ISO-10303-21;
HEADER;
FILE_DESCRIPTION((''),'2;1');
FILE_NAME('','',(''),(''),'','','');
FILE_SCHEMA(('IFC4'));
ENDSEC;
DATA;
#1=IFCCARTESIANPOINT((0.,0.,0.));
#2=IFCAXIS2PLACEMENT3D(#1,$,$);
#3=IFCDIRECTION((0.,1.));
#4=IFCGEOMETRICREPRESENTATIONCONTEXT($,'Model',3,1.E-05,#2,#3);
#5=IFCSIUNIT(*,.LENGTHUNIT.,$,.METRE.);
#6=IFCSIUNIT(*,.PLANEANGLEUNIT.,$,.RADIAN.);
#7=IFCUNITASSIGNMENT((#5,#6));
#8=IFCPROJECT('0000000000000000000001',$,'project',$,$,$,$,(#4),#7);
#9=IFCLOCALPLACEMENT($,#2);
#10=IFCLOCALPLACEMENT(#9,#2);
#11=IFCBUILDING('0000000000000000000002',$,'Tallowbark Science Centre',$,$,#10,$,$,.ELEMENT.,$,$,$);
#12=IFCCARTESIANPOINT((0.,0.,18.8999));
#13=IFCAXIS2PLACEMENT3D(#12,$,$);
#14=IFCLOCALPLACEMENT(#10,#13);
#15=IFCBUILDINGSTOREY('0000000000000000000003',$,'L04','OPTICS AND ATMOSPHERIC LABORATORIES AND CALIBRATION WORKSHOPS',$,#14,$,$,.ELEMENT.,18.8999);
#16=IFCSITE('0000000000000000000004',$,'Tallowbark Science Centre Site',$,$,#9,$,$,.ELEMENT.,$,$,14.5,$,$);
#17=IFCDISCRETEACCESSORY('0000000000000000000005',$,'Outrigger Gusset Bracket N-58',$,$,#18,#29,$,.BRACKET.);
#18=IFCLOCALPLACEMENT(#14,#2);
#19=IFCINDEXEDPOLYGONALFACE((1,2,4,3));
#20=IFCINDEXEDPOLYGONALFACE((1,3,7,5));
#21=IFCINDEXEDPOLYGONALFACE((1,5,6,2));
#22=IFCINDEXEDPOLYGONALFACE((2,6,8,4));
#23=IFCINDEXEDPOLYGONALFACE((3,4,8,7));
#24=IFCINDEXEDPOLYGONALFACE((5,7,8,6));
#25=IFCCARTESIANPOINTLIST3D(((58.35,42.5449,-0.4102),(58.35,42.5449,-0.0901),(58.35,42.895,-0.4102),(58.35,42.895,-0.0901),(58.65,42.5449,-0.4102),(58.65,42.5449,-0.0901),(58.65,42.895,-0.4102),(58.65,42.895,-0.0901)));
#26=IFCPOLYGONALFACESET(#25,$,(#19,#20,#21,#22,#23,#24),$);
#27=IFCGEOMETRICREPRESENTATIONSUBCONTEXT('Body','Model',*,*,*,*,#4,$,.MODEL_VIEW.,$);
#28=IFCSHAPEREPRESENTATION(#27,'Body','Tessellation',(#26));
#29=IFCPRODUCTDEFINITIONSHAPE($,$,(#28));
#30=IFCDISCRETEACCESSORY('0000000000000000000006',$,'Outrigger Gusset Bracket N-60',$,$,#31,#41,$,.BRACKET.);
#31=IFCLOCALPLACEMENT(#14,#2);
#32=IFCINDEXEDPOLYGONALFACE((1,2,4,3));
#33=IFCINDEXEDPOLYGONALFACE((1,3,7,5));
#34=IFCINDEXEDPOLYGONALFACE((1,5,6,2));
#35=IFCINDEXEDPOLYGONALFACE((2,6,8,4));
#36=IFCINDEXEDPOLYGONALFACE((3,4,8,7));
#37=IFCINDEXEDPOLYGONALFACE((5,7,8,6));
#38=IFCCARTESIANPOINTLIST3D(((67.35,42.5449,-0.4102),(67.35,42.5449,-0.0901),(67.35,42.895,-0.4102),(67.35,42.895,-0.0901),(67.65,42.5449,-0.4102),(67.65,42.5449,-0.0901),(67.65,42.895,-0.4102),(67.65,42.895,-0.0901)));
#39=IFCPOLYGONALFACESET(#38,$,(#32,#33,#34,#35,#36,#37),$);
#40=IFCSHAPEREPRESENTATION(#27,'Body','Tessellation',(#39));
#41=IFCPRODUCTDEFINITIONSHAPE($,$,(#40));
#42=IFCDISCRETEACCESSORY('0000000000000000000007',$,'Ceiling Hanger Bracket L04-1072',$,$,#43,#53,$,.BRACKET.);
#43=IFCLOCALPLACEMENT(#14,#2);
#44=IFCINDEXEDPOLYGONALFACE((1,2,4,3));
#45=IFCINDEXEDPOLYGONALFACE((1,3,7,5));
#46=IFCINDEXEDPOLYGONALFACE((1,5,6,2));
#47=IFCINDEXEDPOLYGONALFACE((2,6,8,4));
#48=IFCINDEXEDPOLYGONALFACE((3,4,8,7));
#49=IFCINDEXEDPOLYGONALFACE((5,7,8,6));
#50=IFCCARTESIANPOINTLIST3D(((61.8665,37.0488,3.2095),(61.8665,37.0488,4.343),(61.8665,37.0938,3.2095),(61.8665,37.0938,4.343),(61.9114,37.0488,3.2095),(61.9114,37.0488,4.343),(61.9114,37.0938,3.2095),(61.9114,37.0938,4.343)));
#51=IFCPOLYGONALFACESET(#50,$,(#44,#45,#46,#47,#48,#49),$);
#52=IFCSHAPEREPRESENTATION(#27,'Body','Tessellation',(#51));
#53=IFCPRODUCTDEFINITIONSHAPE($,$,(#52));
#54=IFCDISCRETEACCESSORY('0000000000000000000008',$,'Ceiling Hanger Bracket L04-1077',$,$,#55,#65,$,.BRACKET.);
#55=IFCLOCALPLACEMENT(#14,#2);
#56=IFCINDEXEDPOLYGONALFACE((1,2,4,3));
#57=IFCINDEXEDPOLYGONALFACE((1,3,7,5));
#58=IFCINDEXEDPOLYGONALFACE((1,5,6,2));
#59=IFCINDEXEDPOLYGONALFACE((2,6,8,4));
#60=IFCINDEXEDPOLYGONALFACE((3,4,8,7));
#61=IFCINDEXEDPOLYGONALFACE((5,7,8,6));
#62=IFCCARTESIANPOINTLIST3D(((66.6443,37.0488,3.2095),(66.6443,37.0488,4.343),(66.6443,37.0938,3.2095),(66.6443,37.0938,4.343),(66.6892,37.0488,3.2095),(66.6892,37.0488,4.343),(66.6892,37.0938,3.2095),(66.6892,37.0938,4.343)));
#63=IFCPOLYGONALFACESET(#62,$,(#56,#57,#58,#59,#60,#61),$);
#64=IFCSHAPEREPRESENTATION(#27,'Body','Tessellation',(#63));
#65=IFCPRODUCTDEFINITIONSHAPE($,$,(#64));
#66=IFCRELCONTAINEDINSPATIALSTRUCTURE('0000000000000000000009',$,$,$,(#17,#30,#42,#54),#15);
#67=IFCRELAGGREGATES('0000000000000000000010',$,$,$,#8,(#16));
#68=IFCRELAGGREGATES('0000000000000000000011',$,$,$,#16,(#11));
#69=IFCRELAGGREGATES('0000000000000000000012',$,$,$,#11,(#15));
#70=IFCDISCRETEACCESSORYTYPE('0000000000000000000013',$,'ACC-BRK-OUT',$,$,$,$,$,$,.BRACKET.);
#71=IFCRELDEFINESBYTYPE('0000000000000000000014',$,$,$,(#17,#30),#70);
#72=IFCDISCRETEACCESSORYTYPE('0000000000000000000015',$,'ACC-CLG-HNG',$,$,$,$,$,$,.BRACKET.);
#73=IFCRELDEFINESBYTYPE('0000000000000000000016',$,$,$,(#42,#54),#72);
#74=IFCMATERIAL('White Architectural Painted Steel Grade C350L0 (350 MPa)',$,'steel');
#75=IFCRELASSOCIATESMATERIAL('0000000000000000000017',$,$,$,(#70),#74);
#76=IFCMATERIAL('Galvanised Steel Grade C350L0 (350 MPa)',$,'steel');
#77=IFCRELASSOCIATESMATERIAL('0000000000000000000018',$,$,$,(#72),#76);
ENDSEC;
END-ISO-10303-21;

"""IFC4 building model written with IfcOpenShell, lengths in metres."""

from ifc_helpers import new_model, si_unit, direction, frame, origin, origin_2d, place, context, subcontext, project, spatial, rectangle, extrude, material, type_object, element, save


model = new_model("IFC4")

# Units and contexts
model_context = context("Model", 3, precision=1e-05, world=origin(), true_north=direction((0.0, 1.0)))
body_context = subcontext(model_context, "Body", "Model", "MODEL_VIEW")
ifc_project = project(units=[si_unit("LENGTHUNIT", "METRE"), si_unit("PLANEANGLEUNIT", "RADIAN")], contexts=[model_context])

# Site, building, storey
site_placement = place(None, origin())
site = spatial("IfcSite", under=ifc_project, at=site_placement, Name="Tallowbark Science Centre Site", CompositionType="ELEMENT", RefElevation=14.5)
building_placement = place(site_placement, origin())
building = spatial("IfcBuilding", under=site, at=building_placement, Name="Tallowbark Science Centre", CompositionType="ELEMENT")
storey_placement = place(building_placement, frame((0.0, 0.0, 18.8999)))
storey = spatial("IfcBuildingStorey", under=building, at=storey_placement, Name="L04", Description="OPTICS AND ATMOSPHERIC LABORATORIES AND CALIBRATION WORKSHOPS", CompositionType="ELEMENT", Elevation=18.8999)

# Shared definitions
ifc_material_1 = material(Name="White Architectural Painted Steel Grade C350L0 (350 MPa)", Category="steel")

# Discrete accessories
discrete_accessory_type_1 = type_object("IfcDiscreteAccessoryType", Name="ACC-BRK-OUT", PredefinedType="BRACKET", material=ifc_material_1)
for number, where, z_axis, x_axis, name in (
    (1, (58.5, 42.72, -0.4102), (0.0, 0.0, 1.0), (1.0, 0.0, 0.0), "Outrigger Gusset Bracket N-58"),
    (2, (67.5, 42.72, -0.4102), (0.0, 0.0, 1.0), (1.0, 0.0, 0.0), "Outrigger Gusset Bracket N-60"),
):
    element("IfcDiscreteAccessory", number, at=place(storey_placement, frame(where, z_axis=z_axis, x_axis=x_axis)), inside=storey, type_object=discrete_accessory_type_1, Name=name, PredefinedType="BRACKET", context=body_context, shape_type="SweptSolid", body=[
        extrude(rectangle(XDim=0.3, YDim=0.3501, at=origin_2d()), origin(), (0.0, 0.0, 1.0), 0.3201),
    ])
ifc_material_2 = material(Name="Galvanised Steel Grade C350L0 (350 MPa)", Category="steel")
discrete_accessory_type_2 = type_object("IfcDiscreteAccessoryType", Name="ACC-CLG-HNG", PredefinedType="BRACKET", material=ifc_material_2)
for number, where, z_axis, x_axis, name in (
    (3, (61.8889, 37.0713, 3.2095), (0.0, 0.0, 1.0), (1.0, 0.0, 0.0), "Ceiling Hanger Bracket L04-1072"),
    (4, (66.6667, 37.0713, 3.2095), (0.0, 0.0, 1.0), (1.0, 0.0, 0.0), "Ceiling Hanger Bracket L04-1077"),
):
    element("IfcDiscreteAccessory", number, at=place(storey_placement, frame(where, z_axis=z_axis, x_axis=x_axis)), inside=storey, type_object=discrete_accessory_type_2, Name=name, PredefinedType="BRACKET", context=body_context, shape_type="SweptSolid", body=[
        extrude(rectangle(XDim=0.0449, YDim=0.0449, at=origin_2d()), origin(), (0.0, 0.0, 1.0), 1.1335),
    ])

save(model, "model.ifc")
